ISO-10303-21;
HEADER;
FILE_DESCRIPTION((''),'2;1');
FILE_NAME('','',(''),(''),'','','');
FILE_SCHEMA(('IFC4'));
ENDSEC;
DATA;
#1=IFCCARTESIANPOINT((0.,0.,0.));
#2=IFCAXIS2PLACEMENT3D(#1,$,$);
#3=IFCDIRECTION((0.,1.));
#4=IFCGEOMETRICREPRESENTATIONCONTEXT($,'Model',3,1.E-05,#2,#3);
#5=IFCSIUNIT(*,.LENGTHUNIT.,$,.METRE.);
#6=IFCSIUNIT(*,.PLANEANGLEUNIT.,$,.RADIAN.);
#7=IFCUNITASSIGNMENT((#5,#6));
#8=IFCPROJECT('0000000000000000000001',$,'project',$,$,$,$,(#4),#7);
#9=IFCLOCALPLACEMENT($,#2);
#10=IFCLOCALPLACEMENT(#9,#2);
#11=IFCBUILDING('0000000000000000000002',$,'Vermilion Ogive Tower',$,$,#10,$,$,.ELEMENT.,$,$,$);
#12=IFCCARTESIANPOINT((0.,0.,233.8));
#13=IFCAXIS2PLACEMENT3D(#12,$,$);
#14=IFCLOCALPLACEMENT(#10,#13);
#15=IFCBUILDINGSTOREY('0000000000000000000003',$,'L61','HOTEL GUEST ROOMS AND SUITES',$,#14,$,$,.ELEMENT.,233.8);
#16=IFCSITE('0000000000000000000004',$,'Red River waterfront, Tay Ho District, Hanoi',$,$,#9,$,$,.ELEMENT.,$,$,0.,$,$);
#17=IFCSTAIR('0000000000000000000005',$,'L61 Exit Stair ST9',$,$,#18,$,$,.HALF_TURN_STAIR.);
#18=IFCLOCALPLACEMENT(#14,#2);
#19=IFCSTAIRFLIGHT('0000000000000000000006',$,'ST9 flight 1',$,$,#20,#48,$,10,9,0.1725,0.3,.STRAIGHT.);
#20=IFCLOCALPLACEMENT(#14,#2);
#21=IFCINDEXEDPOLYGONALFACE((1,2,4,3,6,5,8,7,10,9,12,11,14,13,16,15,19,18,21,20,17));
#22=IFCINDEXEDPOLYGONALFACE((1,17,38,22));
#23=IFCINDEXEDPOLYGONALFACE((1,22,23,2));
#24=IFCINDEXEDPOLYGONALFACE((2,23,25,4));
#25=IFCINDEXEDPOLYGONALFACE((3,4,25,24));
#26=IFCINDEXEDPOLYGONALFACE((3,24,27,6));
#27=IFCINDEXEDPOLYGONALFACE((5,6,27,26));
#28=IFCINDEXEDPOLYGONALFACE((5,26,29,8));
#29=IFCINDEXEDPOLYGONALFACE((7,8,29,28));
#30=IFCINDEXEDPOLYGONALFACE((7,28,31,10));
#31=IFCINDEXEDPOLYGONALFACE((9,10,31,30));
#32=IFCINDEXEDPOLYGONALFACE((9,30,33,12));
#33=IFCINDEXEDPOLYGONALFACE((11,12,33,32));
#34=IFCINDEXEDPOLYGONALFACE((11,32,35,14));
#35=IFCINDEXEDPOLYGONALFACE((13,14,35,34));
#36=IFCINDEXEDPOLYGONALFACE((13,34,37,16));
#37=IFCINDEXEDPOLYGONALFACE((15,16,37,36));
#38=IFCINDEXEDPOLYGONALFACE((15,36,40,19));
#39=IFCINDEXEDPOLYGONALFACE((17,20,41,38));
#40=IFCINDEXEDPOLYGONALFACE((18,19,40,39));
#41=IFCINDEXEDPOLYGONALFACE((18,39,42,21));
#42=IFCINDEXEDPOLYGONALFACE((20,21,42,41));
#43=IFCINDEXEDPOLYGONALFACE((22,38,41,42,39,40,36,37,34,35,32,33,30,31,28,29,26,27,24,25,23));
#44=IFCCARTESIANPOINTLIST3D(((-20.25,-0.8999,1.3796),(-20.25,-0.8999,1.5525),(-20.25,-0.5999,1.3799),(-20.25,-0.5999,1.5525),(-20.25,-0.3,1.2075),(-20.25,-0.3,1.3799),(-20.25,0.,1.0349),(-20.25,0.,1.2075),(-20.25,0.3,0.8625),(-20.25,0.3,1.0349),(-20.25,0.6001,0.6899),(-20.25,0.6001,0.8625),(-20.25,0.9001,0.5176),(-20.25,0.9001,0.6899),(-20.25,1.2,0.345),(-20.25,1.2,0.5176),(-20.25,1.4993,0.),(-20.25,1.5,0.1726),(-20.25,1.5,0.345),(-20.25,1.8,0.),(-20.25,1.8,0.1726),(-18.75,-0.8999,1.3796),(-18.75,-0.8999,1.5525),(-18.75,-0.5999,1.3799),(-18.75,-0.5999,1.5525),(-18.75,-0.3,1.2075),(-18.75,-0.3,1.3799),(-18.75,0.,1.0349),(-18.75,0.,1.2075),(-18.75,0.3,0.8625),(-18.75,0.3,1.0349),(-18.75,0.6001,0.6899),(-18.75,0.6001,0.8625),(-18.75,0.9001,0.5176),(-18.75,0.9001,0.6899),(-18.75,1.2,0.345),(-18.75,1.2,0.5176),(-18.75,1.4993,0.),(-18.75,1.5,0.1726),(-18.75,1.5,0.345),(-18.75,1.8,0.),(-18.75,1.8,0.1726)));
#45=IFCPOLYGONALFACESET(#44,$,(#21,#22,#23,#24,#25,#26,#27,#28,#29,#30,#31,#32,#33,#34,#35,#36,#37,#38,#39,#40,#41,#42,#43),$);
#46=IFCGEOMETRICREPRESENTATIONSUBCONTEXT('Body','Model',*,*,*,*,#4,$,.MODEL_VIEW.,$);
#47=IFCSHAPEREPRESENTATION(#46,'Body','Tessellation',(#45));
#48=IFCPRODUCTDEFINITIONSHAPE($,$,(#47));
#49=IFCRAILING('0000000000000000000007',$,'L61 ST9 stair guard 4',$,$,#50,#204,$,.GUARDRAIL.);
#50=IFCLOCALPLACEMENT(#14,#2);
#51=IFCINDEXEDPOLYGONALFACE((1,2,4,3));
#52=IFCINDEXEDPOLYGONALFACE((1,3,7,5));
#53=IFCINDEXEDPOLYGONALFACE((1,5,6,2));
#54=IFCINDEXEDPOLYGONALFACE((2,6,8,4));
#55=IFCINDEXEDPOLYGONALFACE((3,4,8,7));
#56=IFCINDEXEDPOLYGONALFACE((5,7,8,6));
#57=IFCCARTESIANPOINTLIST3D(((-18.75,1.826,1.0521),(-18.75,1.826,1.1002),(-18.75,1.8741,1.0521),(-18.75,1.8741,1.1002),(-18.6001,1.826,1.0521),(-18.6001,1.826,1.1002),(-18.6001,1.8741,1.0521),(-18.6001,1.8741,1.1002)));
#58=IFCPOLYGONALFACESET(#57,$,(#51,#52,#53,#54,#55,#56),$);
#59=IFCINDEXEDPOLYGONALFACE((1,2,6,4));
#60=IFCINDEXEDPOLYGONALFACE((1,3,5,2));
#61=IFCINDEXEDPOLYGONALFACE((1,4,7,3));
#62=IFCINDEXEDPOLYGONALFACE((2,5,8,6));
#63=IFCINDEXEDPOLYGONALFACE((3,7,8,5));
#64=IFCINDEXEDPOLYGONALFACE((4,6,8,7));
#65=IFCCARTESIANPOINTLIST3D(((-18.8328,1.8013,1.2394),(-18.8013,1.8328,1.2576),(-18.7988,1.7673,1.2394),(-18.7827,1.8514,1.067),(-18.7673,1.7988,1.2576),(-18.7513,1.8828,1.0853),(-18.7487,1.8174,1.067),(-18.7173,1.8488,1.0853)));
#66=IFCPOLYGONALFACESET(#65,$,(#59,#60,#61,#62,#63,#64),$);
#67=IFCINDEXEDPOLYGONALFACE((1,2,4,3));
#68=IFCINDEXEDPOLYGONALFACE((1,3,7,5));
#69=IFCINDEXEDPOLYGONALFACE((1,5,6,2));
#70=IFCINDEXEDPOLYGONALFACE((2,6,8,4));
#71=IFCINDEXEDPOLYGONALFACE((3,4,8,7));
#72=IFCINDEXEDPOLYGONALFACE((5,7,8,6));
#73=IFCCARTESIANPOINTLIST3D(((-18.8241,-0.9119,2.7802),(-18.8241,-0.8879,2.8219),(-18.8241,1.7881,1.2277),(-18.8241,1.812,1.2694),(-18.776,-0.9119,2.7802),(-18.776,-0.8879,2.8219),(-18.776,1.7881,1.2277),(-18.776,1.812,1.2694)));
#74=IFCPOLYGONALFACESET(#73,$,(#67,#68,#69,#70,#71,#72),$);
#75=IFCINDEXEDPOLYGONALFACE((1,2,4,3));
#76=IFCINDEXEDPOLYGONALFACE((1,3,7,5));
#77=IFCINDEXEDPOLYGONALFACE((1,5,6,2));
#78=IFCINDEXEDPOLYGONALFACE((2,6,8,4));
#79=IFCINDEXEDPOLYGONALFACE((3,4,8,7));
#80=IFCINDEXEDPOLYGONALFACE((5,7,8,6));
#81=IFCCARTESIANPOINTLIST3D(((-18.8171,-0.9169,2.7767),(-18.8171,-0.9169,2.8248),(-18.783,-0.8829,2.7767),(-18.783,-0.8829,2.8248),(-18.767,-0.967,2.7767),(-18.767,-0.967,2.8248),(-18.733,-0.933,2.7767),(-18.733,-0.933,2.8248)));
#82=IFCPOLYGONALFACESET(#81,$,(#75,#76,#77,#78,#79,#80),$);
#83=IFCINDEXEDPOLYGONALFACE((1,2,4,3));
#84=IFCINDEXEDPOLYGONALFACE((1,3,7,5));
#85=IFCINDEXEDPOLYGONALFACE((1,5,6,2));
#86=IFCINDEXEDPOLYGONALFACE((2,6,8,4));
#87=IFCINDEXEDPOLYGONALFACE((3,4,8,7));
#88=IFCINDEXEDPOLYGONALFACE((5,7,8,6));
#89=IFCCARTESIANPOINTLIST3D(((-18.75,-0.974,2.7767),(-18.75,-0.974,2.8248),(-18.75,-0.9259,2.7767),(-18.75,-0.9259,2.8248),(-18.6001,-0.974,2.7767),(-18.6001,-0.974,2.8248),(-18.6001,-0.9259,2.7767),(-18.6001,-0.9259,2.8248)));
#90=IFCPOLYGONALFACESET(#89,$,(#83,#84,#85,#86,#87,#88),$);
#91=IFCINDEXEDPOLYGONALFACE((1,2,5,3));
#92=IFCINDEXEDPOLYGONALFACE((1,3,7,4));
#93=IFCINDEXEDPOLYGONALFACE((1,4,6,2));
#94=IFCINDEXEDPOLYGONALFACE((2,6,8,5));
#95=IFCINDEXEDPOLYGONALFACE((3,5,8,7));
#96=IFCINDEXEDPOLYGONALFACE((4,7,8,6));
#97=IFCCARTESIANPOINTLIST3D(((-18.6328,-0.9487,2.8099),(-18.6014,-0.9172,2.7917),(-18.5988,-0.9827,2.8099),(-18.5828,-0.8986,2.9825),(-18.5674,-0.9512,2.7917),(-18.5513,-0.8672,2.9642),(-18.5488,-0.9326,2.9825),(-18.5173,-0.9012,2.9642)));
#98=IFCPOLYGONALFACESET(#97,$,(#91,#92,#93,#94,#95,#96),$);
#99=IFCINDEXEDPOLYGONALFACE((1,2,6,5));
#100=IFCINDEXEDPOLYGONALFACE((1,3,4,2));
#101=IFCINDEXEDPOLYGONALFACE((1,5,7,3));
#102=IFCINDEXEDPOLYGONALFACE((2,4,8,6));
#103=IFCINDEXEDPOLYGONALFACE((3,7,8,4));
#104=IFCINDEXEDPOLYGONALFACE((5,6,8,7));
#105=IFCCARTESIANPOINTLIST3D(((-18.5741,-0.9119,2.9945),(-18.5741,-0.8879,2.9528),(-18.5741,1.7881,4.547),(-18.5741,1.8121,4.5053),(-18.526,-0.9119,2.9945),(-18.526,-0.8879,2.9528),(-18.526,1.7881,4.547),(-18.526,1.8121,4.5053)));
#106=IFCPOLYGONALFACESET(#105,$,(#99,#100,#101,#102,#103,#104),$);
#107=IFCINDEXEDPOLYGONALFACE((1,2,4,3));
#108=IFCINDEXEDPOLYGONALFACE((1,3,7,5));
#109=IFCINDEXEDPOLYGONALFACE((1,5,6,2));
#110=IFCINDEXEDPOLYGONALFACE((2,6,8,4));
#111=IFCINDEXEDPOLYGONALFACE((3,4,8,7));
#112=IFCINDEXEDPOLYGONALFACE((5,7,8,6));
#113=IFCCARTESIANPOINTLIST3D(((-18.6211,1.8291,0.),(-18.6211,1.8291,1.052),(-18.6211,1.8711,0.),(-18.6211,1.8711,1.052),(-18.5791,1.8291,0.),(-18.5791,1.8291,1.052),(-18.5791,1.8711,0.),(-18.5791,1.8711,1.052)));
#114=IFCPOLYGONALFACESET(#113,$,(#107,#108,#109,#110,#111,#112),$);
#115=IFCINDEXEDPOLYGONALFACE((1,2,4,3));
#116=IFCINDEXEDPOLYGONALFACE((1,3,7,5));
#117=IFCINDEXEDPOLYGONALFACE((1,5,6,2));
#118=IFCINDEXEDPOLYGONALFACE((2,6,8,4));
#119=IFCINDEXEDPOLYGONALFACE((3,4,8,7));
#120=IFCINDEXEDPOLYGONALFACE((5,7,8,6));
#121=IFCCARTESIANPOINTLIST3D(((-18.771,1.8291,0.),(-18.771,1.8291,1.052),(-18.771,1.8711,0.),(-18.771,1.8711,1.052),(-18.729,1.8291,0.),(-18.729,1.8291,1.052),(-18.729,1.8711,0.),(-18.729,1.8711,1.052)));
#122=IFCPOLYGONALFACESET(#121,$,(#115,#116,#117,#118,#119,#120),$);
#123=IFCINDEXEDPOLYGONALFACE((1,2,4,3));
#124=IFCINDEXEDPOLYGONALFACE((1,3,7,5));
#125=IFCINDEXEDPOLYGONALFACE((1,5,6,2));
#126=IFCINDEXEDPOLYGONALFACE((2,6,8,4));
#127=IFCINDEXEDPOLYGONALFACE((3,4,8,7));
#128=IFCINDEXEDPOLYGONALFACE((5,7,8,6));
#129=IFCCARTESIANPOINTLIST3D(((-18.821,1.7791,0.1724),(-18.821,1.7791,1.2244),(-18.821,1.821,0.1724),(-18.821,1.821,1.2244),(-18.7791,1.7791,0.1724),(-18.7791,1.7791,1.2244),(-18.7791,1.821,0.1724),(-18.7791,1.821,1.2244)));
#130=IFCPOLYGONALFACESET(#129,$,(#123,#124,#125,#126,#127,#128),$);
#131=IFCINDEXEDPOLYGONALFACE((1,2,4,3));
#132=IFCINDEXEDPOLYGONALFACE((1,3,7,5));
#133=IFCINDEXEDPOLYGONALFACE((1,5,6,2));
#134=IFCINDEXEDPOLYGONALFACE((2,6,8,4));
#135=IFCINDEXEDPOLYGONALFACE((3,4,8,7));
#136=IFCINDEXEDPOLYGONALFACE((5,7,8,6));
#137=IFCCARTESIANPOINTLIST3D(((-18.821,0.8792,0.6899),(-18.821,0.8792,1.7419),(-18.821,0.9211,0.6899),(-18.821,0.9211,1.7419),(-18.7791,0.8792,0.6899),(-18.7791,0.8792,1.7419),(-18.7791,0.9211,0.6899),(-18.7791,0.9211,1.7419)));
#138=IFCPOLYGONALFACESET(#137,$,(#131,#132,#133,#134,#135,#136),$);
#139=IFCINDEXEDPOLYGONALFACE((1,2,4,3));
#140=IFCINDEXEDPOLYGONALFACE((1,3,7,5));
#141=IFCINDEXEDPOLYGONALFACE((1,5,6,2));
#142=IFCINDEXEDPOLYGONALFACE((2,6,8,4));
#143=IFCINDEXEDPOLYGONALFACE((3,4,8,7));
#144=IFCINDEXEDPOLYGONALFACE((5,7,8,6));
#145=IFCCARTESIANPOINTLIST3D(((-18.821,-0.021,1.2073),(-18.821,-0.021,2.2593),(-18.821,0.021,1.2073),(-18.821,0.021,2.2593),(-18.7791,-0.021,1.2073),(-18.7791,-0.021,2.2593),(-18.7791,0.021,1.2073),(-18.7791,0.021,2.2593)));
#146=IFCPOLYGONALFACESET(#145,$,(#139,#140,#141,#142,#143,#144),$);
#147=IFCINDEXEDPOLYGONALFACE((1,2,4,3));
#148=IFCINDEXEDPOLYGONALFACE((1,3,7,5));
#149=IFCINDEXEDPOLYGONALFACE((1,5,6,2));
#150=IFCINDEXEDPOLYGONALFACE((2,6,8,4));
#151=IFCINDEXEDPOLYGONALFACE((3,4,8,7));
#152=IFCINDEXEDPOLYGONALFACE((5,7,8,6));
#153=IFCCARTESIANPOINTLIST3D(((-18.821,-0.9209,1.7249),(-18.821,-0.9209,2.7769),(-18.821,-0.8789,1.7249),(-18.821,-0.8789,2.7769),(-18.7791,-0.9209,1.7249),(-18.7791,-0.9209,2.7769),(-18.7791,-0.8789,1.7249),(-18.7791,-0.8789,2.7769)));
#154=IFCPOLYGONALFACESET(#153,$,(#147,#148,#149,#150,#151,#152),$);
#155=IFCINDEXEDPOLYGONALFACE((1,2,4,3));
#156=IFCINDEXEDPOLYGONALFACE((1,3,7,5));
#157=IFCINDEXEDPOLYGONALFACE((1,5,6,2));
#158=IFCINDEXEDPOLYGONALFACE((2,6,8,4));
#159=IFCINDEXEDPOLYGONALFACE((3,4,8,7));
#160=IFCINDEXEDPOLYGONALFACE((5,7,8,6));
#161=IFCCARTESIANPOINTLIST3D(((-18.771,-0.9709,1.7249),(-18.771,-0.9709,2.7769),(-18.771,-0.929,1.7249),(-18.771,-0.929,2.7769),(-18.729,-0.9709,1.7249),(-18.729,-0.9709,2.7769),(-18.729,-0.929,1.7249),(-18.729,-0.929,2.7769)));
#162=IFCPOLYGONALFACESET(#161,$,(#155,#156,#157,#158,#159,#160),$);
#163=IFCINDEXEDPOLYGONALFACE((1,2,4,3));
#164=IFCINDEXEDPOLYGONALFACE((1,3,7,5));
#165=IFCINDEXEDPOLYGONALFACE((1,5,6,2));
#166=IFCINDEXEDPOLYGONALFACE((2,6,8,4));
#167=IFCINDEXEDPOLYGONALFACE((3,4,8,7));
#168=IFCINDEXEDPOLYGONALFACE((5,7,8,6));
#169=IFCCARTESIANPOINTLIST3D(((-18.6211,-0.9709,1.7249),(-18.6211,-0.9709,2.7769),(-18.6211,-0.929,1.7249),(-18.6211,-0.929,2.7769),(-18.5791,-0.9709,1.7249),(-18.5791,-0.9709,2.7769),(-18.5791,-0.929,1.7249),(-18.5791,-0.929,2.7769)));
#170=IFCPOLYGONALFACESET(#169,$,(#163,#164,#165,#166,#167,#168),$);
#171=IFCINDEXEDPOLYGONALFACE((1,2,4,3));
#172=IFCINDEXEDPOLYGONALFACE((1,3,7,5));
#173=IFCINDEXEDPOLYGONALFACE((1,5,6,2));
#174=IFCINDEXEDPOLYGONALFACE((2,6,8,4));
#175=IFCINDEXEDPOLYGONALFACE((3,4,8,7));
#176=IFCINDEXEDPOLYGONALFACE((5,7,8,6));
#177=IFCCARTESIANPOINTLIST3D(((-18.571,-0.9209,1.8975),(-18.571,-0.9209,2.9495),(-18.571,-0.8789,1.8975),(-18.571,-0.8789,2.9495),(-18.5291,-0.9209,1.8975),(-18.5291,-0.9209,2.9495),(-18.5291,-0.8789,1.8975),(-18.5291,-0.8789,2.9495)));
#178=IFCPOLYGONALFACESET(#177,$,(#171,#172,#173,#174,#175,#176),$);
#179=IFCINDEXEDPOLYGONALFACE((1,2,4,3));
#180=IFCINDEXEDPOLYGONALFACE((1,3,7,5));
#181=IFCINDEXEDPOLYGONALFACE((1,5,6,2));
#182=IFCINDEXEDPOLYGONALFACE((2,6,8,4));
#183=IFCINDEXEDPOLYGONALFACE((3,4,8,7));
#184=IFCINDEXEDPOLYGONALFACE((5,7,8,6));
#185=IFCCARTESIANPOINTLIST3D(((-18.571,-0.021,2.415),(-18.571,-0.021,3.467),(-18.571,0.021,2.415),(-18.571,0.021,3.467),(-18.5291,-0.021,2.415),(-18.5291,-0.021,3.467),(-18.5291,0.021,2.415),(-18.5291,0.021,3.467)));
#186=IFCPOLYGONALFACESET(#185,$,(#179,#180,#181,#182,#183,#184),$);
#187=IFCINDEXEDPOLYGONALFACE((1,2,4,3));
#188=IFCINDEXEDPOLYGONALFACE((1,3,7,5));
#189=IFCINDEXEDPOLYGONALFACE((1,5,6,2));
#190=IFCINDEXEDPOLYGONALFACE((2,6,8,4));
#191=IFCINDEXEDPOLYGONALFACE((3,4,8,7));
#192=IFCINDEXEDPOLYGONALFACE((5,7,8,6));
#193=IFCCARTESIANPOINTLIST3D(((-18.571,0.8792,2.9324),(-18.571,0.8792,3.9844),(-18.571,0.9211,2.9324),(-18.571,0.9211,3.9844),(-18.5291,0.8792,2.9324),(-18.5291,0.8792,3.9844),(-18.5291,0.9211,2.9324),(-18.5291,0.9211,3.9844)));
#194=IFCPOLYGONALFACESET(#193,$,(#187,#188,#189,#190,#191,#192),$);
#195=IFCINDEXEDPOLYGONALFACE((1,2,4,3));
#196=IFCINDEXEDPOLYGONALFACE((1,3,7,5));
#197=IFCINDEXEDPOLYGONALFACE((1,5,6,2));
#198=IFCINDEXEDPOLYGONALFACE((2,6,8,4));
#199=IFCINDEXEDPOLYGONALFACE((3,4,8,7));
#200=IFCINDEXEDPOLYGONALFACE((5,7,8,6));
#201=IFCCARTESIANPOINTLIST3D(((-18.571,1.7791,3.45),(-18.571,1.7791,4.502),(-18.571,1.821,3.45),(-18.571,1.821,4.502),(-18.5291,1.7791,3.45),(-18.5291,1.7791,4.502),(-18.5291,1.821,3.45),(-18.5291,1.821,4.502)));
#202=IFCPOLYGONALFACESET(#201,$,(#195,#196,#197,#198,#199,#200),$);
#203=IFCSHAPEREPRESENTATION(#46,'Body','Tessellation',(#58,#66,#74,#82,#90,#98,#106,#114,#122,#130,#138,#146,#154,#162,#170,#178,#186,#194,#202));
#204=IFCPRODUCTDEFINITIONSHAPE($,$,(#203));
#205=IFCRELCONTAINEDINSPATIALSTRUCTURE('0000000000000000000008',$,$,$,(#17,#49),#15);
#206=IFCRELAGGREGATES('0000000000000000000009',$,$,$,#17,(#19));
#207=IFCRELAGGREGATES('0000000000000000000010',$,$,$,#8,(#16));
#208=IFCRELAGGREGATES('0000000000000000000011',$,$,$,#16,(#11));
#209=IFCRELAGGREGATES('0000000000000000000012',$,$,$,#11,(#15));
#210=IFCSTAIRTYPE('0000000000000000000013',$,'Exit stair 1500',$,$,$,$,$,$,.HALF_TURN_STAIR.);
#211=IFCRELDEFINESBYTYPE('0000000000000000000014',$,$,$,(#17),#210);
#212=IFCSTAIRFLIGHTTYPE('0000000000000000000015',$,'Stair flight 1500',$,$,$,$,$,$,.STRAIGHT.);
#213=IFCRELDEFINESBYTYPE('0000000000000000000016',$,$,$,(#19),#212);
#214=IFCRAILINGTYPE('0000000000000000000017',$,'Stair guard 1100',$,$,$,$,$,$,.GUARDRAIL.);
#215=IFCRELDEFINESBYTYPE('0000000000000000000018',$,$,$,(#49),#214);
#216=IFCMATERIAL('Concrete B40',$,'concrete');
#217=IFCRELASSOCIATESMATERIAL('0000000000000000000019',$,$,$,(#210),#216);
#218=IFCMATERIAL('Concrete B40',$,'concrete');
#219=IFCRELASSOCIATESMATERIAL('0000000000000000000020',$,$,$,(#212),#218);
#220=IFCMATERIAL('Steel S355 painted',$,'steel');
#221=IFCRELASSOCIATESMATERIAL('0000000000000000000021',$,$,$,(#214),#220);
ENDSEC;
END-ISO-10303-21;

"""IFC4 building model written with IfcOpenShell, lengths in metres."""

from ifc_helpers import new_model, si_unit, direction, frame, origin, origin_2d, place, context, subcontext, project, spatial, polyline, rectangle, outline, extrude, material, type_object, element, aggregate, save


model = new_model("IFC4")

# Units and contexts
model_context = context("Model", 3, precision=1e-05, world=origin(), true_north=direction((0.0, 1.0)))
body_context = subcontext(model_context, "Body", "Model", "MODEL_VIEW")
ifc_project = project(units=[si_unit("LENGTHUNIT", "METRE"), si_unit("PLANEANGLEUNIT", "RADIAN")], contexts=[model_context])

# Site, building, storey
site_placement = place(None, origin())
site = spatial("IfcSite", under=ifc_project, at=site_placement, Name="Red River waterfront, Tay Ho District, Hanoi", CompositionType="ELEMENT", RefElevation=0.0)
building_placement = place(site_placement, origin())
building = spatial("IfcBuilding", under=site, at=building_placement, Name="Vermilion Ogive Tower", CompositionType="ELEMENT")
storey_placement = place(building_placement, frame((0.0, 0.0, 233.8)))
storey = spatial("IfcBuildingStorey", under=building, at=storey_placement, Name="L61", Description="HOTEL GUEST ROOMS AND SUITES", CompositionType="ELEMENT", Elevation=233.8)

# Stair, stair flight
ifc_material_1 = material(Name="Concrete B40", Category="concrete")
stair_type = type_object("IfcStairType", Name="Exit stair 1500", PredefinedType="HALF_TURN_STAIR", material=ifc_material_1)
stair_placement = place(storey_placement, origin())
stair = element("IfcStair", 1, at=stair_placement, inside=storey, type_object=stair_type, Name="L61 Exit Stair ST9", PredefinedType="HALF_TURN_STAIR")
ifc_material_2 = material(Name="Concrete B40", Category="concrete")
stair_flight_type = type_object("IfcStairFlightType", Name="Stair flight 1500", PredefinedType="STRAIGHT", material=ifc_material_2)
stair_flight_placement = place(storey_placement, frame((-19.5, 1.8, 0.0), z_axis=(0.0, 0.0, 1.0), x_axis=(0.0, -1.0, 0.0)))
stair_flight = element("IfcStairFlight", 2, at=stair_flight_placement, type_object=stair_flight_type, Name="ST9 flight 1", NumberOfRisers=10, NumberOfTreads=9, PredefinedType="STRAIGHT", RiserHeight=0.1725, TreadLength=0.3, context=body_context, shape_type="SweptSolid", body=[
    extrude(outline(polyline([(0.0, 0.0), (0.0, 0.1726), (0.3, 0.1726), (0.3, 0.345), (0.6001, 0.345), (0.6001, 0.5176), (0.8999, 0.5176), (0.8999, 0.6899), (1.2, 0.6899), (1.2, 0.8625), (1.5, 0.8625), (1.5, 1.0349), (1.8, 1.0349), (1.8, 1.2075), (2.1001, 1.2075), (2.1001, 1.3799), (2.3999, 1.3799), (2.3999, 1.5525), (2.7, 1.5525), (2.7, 1.7251), (2.7, 1.3796), (0.3008, 0.0), (0.0, 0.0)])), frame((0.0, 0.75, 0.0), z_axis=(0.0, -1.0, 0.0), x_axis=(1.0, 0.0, 0.0)), (0.0, 0.0, 1.0), 1.5),
])
aggregate(stair, [stair_flight])

# Railing
ifc_material_3 = material(Name="Steel S355 painted", Category="steel")
railing_type_1 = type_object("IfcRailingType", Name="Stair guard 1100", PredefinedType="GUARDRAIL", material=ifc_material_3)
railing_1_placement = place(storey_placement, frame((-18.6001, 1.8501, 0.0)))
element("IfcRailing", 3, at=railing_1_placement, inside=storey, type_object=railing_type_1, Name="L61 ST9 stair guard 4", PredefinedType="GUARDRAIL", context=body_context, shape_type="SweptSolid", body=[
    extrude(rectangle(XDim=0.0481, YDim=0.0481, at=origin_2d()), frame((0.0, 0.0, 1.0762), z_axis=(-1.0, 0.0, 0.0), x_axis=(0.0, -1.0, 0.0)), (0.0, 0.0, 1.0), 0.1499),
    extrude(rectangle(XDim=0.0481, YDim=0.0481, at=origin_2d()), frame((-0.1499, 0.0, 1.0762), z_axis=(-0.268603, -0.268603, 0.925043), x_axis=(0.707107, -0.707107, 0.0)), (0.0, 0.0, 1.0), 0.1863),
    extrude(rectangle(XDim=0.0481, YDim=0.0481, at=origin_2d()), frame((-0.2, -0.05, 1.2485), z_axis=(0.0, -0.866904, 0.498476), x_axis=(1.0, 0.0, 0.0)), (0.0, 0.0, 1.0), 3.1145),
    extrude(rectangle(XDim=0.0481, YDim=0.0481, at=origin_2d()), frame((-0.2, -2.75, 2.8008), z_axis=(0.707107, -0.707107, 0.0), x_axis=(0.707107, 0.707107, 0.0)), (0.0, 0.0, 1.0), 0.0708),
    extrude(rectangle(XDim=0.0481, YDim=0.0481, at=origin_2d()), frame((-0.1499, -2.8, 2.8008), z_axis=(1.0, 0.0, 0.0), x_axis=(0.0, 1.0, 0.0)), (0.0, 0.0, 1.0), 0.1499),
    extrude(rectangle(XDim=0.0481, YDim=0.0481, at=origin_2d()), frame((0.0, -2.8, 2.8008), z_axis=(0.268278, 0.268278, 0.925232), x_axis=(-0.707107, 0.707107, 0.0)), (0.0, 0.0, 1.0), 0.1865),
    extrude(rectangle(XDim=0.0481, YDim=0.0481, at=origin_2d()), frame((0.05, -2.75, 2.9736), z_axis=(0.0, 0.866904, 0.498476), x_axis=(-1.0, 0.0, 0.0)), (0.0, 0.0, 1.0), 3.1145),
    extrude(rectangle(XDim=0.042, YDim=0.042, at=origin_2d()), origin(), (0.0, 0.0, 1.0), 1.052),
    extrude(rectangle(XDim=0.042, YDim=0.042, at=origin_2d()), frame((-0.1499, 0.0, 0.0)), (0.0, 0.0, 1.0), 1.052),
    extrude(rectangle(XDim=0.042, YDim=0.042, at=origin_2d()), frame((-0.2, -0.05, 0.1724)), (0.0, 0.0, 1.0), 1.052),
    extrude(rectangle(XDim=0.042, YDim=0.042, at=origin_2d()), frame((-0.2, -0.95, 0.6899)), (0.0, 0.0, 1.0), 1.052),
    extrude(rectangle(XDim=0.042, YDim=0.042, at=origin_2d()), frame((-0.2, -1.8501, 1.2073)), (0.0, 0.0, 1.0), 1.052),
    extrude(rectangle(XDim=0.042, YDim=0.042, at=origin_2d()), frame((-0.2, -2.75, 1.7249)), (0.0, 0.0, 1.0), 1.052),
    extrude(rectangle(XDim=0.042, YDim=0.042, at=origin_2d()), frame((-0.1499, -2.8, 1.7249)), (0.0, 0.0, 1.0), 1.052),
    extrude(rectangle(XDim=0.042, YDim=0.042, at=origin_2d()), frame((0.0, -2.8, 1.7249)), (0.0, 0.0, 1.0), 1.052),
    extrude(rectangle(XDim=0.042, YDim=0.042, at=origin_2d()), frame((0.05, -2.75, 1.8975)), (0.0, 0.0, 1.0), 1.052),
    extrude(rectangle(XDim=0.042, YDim=0.042, at=origin_2d()), frame((0.05, -1.8501, 2.415)), (0.0, 0.0, 1.0), 1.052),
    extrude(rectangle(XDim=0.042, YDim=0.042, at=origin_2d()), frame((0.05, -0.95, 2.9324)), (0.0, 0.0, 1.0), 1.052),
    extrude(rectangle(XDim=0.042, YDim=0.042, at=origin_2d()), frame((0.05, -0.05, 3.45)), (0.0, 0.0, 1.0), 1.052),
])

save(model, "model.ifc")
